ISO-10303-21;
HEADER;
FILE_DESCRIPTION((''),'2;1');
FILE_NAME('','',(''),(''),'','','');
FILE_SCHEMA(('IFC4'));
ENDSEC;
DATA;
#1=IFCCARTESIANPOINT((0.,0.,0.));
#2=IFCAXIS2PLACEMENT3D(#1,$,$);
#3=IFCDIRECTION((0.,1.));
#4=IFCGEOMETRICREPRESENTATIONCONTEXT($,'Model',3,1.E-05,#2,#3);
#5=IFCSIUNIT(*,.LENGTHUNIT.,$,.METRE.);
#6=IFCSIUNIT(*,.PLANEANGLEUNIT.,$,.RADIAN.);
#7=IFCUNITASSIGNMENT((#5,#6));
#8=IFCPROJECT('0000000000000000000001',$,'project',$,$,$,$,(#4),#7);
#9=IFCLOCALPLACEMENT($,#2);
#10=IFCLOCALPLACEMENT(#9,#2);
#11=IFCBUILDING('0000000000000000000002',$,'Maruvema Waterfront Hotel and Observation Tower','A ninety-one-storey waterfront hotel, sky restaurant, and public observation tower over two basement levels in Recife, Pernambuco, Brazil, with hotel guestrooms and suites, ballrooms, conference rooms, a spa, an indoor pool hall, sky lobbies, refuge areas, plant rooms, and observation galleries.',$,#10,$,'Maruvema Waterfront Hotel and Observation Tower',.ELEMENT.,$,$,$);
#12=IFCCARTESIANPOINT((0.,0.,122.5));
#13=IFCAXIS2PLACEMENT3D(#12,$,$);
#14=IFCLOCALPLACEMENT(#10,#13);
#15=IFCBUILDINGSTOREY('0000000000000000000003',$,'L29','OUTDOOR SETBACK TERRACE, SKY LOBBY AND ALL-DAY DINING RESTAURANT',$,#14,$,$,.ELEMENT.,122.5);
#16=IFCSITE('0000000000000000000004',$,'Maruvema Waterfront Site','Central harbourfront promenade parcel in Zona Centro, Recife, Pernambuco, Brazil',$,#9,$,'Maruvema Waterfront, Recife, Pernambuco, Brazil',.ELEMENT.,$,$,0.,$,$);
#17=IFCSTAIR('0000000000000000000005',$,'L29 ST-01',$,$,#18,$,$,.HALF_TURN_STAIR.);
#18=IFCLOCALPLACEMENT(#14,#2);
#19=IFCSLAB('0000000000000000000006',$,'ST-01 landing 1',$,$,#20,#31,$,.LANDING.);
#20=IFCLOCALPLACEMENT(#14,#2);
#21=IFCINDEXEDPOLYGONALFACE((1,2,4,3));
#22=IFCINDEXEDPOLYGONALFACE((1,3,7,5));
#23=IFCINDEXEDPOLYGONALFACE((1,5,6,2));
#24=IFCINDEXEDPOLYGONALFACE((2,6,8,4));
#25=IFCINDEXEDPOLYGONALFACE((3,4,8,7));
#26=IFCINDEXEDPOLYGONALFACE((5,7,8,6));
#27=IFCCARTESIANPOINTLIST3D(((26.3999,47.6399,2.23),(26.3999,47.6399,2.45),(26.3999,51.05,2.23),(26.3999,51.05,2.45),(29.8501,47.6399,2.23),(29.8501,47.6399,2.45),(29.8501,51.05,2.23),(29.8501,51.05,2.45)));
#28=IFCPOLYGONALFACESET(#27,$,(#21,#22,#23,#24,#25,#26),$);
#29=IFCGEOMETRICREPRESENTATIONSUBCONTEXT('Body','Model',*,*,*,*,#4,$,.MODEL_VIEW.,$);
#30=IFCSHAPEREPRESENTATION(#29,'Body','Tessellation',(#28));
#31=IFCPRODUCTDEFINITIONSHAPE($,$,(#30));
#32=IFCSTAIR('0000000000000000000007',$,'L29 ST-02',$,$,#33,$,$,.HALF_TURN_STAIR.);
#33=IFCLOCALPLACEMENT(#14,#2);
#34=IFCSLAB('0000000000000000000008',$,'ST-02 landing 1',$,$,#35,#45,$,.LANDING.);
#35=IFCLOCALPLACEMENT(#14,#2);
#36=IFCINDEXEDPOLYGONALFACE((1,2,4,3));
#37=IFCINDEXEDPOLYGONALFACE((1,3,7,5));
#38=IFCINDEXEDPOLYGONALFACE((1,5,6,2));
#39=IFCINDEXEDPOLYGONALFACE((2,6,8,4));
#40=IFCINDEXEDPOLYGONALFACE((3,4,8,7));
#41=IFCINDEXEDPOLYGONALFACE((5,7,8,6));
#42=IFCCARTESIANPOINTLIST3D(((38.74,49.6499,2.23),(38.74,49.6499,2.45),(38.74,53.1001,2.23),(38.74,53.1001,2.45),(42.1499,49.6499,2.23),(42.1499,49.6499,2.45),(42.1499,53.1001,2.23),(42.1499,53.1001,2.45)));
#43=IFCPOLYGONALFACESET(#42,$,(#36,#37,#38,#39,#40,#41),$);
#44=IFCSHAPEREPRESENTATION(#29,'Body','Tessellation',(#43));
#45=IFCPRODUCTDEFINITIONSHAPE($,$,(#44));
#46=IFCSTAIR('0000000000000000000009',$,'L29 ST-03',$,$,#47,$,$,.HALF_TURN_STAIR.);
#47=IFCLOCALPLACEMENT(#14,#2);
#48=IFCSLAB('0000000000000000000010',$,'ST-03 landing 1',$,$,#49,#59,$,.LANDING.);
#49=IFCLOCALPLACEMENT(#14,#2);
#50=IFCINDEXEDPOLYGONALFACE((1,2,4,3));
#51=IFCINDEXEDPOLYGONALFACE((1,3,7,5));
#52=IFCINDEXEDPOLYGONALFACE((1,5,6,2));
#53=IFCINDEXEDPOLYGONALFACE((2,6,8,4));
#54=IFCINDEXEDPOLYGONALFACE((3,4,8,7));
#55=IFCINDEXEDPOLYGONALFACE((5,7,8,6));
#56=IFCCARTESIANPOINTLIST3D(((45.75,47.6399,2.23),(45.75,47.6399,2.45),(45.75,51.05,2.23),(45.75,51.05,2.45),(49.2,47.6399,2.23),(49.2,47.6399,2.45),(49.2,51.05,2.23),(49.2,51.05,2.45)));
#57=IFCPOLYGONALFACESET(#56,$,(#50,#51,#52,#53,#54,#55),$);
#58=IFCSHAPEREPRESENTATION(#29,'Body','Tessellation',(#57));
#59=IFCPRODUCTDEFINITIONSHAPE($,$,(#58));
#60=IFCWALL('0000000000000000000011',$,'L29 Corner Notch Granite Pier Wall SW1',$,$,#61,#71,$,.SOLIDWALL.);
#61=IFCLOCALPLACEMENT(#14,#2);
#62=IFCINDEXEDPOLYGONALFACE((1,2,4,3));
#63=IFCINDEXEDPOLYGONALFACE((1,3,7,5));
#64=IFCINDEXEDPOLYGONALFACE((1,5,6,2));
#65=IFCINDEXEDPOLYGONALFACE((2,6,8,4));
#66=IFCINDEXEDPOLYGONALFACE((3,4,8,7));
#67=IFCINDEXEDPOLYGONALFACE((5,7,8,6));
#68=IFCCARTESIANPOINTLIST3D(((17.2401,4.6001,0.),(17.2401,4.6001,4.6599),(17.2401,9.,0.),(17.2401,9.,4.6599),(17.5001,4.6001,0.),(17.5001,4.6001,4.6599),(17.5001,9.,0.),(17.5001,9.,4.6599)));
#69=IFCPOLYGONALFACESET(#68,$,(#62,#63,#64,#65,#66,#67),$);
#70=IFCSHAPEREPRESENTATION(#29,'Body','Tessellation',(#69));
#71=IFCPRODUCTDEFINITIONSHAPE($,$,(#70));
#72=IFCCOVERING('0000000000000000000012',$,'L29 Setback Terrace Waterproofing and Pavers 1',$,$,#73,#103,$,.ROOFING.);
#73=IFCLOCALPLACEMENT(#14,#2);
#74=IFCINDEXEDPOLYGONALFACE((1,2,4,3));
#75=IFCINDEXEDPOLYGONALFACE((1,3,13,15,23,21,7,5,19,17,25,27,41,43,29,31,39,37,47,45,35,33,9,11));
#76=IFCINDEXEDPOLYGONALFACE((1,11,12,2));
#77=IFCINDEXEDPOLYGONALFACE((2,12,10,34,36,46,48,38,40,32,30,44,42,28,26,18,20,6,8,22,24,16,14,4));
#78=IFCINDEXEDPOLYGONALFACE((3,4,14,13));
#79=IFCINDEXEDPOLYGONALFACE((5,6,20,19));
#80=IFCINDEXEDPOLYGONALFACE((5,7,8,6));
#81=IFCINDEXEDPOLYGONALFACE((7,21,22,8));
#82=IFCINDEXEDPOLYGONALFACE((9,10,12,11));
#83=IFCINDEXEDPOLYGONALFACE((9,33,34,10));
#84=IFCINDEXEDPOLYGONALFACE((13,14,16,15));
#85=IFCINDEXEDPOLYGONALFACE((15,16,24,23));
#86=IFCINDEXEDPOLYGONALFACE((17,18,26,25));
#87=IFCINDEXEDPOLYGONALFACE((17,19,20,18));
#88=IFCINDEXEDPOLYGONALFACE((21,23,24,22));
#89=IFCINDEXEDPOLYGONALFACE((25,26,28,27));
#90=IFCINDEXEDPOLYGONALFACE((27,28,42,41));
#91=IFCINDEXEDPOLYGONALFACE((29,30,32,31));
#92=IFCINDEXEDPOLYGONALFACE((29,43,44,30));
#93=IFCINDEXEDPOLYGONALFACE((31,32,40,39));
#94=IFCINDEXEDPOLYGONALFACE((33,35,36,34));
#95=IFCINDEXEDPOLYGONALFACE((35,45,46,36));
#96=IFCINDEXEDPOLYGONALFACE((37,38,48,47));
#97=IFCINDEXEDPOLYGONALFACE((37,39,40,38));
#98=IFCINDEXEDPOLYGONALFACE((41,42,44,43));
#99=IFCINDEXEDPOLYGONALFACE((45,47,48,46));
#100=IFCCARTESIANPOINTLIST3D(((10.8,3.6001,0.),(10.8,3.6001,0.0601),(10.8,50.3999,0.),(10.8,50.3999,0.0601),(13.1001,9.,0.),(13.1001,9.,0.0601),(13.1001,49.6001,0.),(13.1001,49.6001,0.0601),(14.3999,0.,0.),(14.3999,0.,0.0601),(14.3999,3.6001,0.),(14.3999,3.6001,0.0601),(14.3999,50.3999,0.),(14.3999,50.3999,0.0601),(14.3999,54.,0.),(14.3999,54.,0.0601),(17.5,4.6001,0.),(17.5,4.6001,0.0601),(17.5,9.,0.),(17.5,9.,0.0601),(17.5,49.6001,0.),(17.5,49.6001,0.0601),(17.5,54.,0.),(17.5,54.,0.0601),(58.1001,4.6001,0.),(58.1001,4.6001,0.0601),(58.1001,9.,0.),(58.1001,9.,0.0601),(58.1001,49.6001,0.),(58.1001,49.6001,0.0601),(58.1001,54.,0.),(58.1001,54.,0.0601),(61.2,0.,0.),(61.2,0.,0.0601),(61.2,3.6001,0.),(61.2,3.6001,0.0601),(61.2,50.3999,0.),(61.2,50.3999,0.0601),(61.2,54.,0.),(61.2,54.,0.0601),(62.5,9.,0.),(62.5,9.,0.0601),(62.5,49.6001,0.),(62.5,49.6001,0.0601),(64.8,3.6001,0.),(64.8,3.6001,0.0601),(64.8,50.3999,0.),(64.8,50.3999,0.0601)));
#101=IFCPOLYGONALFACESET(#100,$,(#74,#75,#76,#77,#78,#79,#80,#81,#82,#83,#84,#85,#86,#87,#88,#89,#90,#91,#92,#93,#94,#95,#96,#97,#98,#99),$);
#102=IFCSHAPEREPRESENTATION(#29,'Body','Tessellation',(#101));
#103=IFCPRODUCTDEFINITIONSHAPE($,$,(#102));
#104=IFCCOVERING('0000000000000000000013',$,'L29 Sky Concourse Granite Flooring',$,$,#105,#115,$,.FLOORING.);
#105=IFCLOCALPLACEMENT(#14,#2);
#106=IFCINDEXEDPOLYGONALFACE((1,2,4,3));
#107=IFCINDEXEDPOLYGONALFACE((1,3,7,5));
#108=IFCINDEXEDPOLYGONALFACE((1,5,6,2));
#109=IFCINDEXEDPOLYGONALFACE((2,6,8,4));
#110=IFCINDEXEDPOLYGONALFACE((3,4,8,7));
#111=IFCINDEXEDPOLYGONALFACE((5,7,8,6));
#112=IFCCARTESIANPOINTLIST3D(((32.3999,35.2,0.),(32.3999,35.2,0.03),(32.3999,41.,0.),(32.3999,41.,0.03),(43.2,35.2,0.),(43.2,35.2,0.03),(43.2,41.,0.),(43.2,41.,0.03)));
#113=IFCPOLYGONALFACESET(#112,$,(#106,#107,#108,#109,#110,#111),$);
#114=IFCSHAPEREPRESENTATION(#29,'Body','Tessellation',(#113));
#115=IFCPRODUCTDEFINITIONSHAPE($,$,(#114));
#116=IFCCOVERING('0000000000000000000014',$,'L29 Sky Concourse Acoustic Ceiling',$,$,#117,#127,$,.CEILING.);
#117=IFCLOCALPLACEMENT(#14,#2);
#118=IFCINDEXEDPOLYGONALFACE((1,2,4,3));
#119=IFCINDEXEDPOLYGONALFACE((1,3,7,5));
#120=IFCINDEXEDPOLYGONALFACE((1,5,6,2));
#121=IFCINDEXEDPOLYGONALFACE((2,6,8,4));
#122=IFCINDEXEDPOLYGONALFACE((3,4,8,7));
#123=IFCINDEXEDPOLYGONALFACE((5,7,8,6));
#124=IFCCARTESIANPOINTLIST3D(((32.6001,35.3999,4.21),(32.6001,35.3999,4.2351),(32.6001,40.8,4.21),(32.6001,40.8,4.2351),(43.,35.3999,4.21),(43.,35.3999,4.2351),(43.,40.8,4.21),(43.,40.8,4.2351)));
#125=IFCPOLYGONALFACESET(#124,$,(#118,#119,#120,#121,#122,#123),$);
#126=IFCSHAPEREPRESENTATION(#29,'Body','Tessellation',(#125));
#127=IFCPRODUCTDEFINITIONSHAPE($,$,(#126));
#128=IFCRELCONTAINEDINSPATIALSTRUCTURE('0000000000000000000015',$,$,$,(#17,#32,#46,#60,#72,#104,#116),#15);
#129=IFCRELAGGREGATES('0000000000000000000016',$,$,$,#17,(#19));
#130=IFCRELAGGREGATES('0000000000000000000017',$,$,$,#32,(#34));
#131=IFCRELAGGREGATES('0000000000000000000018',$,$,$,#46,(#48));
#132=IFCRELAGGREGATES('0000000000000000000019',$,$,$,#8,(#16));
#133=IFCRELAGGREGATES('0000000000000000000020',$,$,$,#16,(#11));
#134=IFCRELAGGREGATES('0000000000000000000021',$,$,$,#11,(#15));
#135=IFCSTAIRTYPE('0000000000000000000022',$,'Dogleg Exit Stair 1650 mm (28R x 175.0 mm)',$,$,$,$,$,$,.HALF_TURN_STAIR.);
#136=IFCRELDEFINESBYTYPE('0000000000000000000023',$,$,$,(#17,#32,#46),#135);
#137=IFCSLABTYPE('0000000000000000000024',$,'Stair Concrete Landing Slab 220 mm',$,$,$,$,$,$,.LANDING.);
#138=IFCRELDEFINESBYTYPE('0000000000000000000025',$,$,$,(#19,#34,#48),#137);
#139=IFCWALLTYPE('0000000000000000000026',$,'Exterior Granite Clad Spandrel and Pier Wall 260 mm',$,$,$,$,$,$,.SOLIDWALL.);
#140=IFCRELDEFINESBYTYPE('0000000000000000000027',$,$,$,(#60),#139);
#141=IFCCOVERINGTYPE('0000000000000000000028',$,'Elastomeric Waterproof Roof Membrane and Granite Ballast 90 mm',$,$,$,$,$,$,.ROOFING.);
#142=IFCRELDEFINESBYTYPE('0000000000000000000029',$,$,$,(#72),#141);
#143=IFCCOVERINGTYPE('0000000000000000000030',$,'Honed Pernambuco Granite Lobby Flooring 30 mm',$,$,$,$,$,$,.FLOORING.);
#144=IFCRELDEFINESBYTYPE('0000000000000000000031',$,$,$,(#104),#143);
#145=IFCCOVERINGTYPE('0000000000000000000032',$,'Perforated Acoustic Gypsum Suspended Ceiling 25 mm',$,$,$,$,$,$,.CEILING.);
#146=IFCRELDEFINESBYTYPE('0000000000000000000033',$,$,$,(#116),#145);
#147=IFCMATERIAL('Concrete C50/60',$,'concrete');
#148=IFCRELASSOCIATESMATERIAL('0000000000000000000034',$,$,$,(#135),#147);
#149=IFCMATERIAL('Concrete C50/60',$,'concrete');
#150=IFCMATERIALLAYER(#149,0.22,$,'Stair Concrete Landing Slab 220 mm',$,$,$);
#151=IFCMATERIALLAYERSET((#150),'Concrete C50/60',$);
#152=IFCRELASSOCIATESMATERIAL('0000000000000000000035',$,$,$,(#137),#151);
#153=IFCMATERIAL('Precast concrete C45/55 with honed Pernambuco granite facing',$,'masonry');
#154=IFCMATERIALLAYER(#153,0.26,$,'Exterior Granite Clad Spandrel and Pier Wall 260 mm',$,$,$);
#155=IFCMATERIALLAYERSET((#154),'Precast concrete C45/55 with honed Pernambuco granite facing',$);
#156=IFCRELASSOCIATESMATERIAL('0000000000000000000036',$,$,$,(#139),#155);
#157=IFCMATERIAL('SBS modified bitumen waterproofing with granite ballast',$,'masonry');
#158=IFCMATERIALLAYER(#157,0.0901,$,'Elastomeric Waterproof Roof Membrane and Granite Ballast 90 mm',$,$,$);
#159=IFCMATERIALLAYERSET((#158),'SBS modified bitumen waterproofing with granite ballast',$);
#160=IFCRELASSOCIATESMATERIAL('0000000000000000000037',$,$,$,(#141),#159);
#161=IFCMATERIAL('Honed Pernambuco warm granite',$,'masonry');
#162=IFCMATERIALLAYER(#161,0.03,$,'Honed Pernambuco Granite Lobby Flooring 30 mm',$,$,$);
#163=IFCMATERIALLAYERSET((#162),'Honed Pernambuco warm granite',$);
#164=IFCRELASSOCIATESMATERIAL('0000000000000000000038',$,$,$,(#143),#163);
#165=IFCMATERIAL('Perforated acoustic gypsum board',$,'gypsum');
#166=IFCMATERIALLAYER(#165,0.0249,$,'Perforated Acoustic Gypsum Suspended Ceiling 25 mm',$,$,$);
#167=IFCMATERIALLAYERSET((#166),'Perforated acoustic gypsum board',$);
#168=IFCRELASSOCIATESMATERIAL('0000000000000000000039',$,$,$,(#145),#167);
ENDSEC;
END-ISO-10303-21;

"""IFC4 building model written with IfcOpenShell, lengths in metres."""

from ifc_helpers import new_model, si_unit, direction, frame, frame_2d, origin, place, context, subcontext, project, spatial, polyline, rectangle, outline, extrude, material, layer, layer_set, type_object, element, aggregate, save


model = new_model("IFC4")

# Units and contexts
model_context = context("Model", 3, precision=1e-05, world=origin(), true_north=direction((0.0, 1.0)))
body_context = subcontext(model_context, "Body", "Model", "MODEL_VIEW")
ifc_project = project(units=[si_unit("LENGTHUNIT", "METRE"), si_unit("PLANEANGLEUNIT", "RADIAN")], contexts=[model_context])

# Site, building, storey
site_placement = place(None, origin())
site = spatial("IfcSite", under=ifc_project, at=site_placement, Name="Maruvema Waterfront Site", Description="Central harbourfront promenade parcel in Zona Centro, Recife, Pernambuco, Brazil", LongName="Maruvema Waterfront, Recife, Pernambuco, Brazil", CompositionType="ELEMENT", RefElevation=0.0)
building_placement = place(site_placement, origin())
building = spatial("IfcBuilding", under=site, at=building_placement, Name="Maruvema Waterfront Hotel and Observation Tower", Description="A ninety-one-storey waterfront hotel, sky restaurant, and public observation tower over two basement levels in Recife, Pernambuco, Brazil, with hotel guestrooms and suites, ballrooms, conference rooms, a spa, an indoor pool hall, sky lobbies, refuge areas, plant rooms, and observation galleries.", LongName="Maruvema Waterfront Hotel and Observation Tower", CompositionType="ELEMENT")
storey_placement = place(building_placement, frame((0.0, 0.0, 122.5)))
storey = spatial("IfcBuildingStorey", under=building, at=storey_placement, Name="L29", Description="OUTDOOR SETBACK TERRACE, SKY LOBBY AND ALL-DAY DINING RESTAURANT", CompositionType="ELEMENT", Elevation=122.5)

# Stairs, slabs
ifc_material_1 = material(Name="Concrete C50/60", Category="concrete")
stair_type = type_object("IfcStairType", Name="Dogleg Exit Stair 1650 mm (28R x 175.0 mm)", PredefinedType="HALF_TURN_STAIR", material=ifc_material_1)
stair_1_placement = place(storey_placement, origin())
stair_1 = element("IfcStair", 1, at=stair_1_placement, inside=storey, type_object=stair_type, Name="L29 ST-01", PredefinedType="HALF_TURN_STAIR")
ifc_material_2 = material(Name="Concrete C50/60", Category="concrete")
ifc_layer_1 = layer(ifc_material_2, 0.22, Name="Stair Concrete Landing Slab 220 mm")
ifc_layer_set_1 = layer_set([ifc_layer_1], Name="Concrete C50/60")
slab_type_1 = type_object("IfcSlabType", Name="Stair Concrete Landing Slab 220 mm", PredefinedType="LANDING", material=ifc_layer_set_1)
slab_1_placement = place(storey_placement, frame((0.0, 0.0, 2.23)))
slab_1 = element("IfcSlab", 2, at=slab_1_placement, type_object=slab_type_1, Name="ST-01 landing 1", PredefinedType="LANDING", context=body_context, shape_type="SweptSolid", body=[
    extrude(outline(polyline([(29.8501, 47.6399), (29.8501, 51.05), (26.3999, 51.05), (26.3999, 47.6399), (29.8501, 47.6399)])), origin(), (0.0, 0.0, 1.0), 0.22),
])
aggregate(stair_1, [slab_1])
stair_2_placement = place(storey_placement, origin())
stair_2 = element("IfcStair", 3, at=stair_2_placement, inside=storey, type_object=stair_type, Name="L29 ST-02", PredefinedType="HALF_TURN_STAIR")
slab_2_placement = place(storey_placement, frame((0.0, 0.0, 2.23)))
slab_2 = element("IfcSlab", 4, at=slab_2_placement, type_object=slab_type_1, Name="ST-02 landing 1", PredefinedType="LANDING", context=body_context, shape_type="SweptSolid", body=[
    extrude(outline(polyline([(38.74, 49.6499), (42.1499, 49.6499), (42.1499, 53.1001), (38.74, 53.1001), (38.74, 49.6499)])), origin(), (0.0, 0.0, 1.0), 0.22),
])
aggregate(stair_2, [slab_2])
stair_3_placement = place(storey_placement, origin())
stair_3 = element("IfcStair", 5, at=stair_3_placement, inside=storey, type_object=stair_type, Name="L29 ST-03", PredefinedType="HALF_TURN_STAIR")
slab_3_placement = place(storey_placement, frame((0.0, 0.0, 2.23)))
slab_3 = element("IfcSlab", 6, at=slab_3_placement, type_object=slab_type_1, Name="ST-03 landing 1", PredefinedType="LANDING", context=body_context, shape_type="SweptSolid", body=[
    extrude(outline(polyline([(49.2, 47.6399), (49.2, 51.05), (45.75, 51.05), (45.75, 47.6399), (49.2, 47.6399)])), origin(), (0.0, 0.0, 1.0), 0.22),
])
aggregate(stair_3, [slab_3])

# Wall
ifc_material_3 = material(Name="Precast concrete C45/55 with honed Pernambuco granite facing", Category="masonry")
ifc_layer_2 = layer(ifc_material_3, 0.26, Name="Exterior Granite Clad Spandrel and Pier Wall 260 mm")
ifc_layer_set_2 = layer_set([ifc_layer_2], Name="Precast concrete C45/55 with honed Pernambuco granite facing")
wall_type = type_object("IfcWallType", Name="Exterior Granite Clad Spandrel and Pier Wall 260 mm", PredefinedType="SOLIDWALL", material=ifc_layer_set_2)
wall_placement = place(storey_placement, frame((17.3701, 4.6001, 0.0), z_axis=(0.0, 0.0, 1.0), x_axis=(0.0, 1.0, 0.0)))
element("IfcWall", 7, at=wall_placement, inside=storey, type_object=wall_type, Name="L29 Corner Notch Granite Pier Wall SW1", PredefinedType="SOLIDWALL", context=body_context, shape_type="SweptSolid", body=[
    extrude(rectangle(XDim=4.3999, YDim=0.26, at=frame_2d((2.2, 0.0))), origin(), (0.0, 0.0, 1.0), 4.6599),
])

# Coverings
ifc_material_4 = material(Name="SBS modified bitumen waterproofing with granite ballast", Category="masonry")
ifc_layer_3 = layer(ifc_material_4, 0.0901, Name="Elastomeric Waterproof Roof Membrane and Granite Ballast 90 mm")
ifc_layer_set_3 = layer_set([ifc_layer_3], Name="SBS modified bitumen waterproofing with granite ballast")
covering_type_1 = type_object("IfcCoveringType", Name="Elastomeric Waterproof Roof Membrane and Granite Ballast 90 mm", PredefinedType="ROOFING", material=ifc_layer_set_3)
covering_1_placement = place(storey_placement, origin())
element("IfcCovering", 8, at=covering_1_placement, inside=storey, type_object=covering_type_1, Name="L29 Setback Terrace Waterproofing and Pavers 1", PredefinedType="ROOFING", context=body_context, shape_type="SweptSolid", body=[
    extrude(outline(polyline([(61.2, 54.0), (61.2, 50.3999), (64.8, 50.3999), (64.8, 3.6001), (61.2, 3.6001), (61.2, 0.0), (14.3999, 0.0), (14.3999, 3.6001), (10.8, 3.6001), (10.8, 50.3999), (14.3999, 50.3999), (14.3999, 54.0), (17.5, 54.0), (17.5, 49.6001), (13.1001, 49.6001), (13.1001, 9.0), (17.5, 9.0), (17.5, 4.6001), (58.1001, 4.6001), (58.1001, 9.0), (62.5, 9.0), (62.5, 49.6001), (58.1001, 49.6001), (58.1001, 54.0), (61.2, 54.0)])), origin(), (0.0, 0.0, 1.0), 0.0601),
])
ifc_material_5 = material(Name="Honed Pernambuco warm granite", Category="masonry")
ifc_layer_4 = layer(ifc_material_5, 0.03, Name="Honed Pernambuco Granite Lobby Flooring 30 mm")
ifc_layer_set_4 = layer_set([ifc_layer_4], Name="Honed Pernambuco warm granite")
covering_type_2 = type_object("IfcCoveringType", Name="Honed Pernambuco Granite Lobby Flooring 30 mm", PredefinedType="FLOORING", material=ifc_layer_set_4)
covering_2_placement = place(storey_placement, origin())
element("IfcCovering", 9, at=covering_2_placement, inside=storey, type_object=covering_type_2, Name="L29 Sky Concourse Granite Flooring", PredefinedType="FLOORING", context=body_context, shape_type="SweptSolid", body=[
    extrude(outline(polyline([(32.3999, 35.2), (43.2, 35.2), (43.2, 41.0), (32.3999, 41.0), (32.3999, 35.2)])), origin(), (0.0, 0.0, 1.0), 0.03),
])
ifc_material_6 = material(Name="Perforated acoustic gypsum board", Category="gypsum")
ifc_layer_5 = layer(ifc_material_6, 0.0249, Name="Perforated Acoustic Gypsum Suspended Ceiling 25 mm")
ifc_layer_set_5 = layer_set([ifc_layer_5], Name="Perforated acoustic gypsum board")
covering_type_3 = type_object("IfcCoveringType", Name="Perforated Acoustic Gypsum Suspended Ceiling 25 mm", PredefinedType="CEILING", material=ifc_layer_set_5)
covering_3_placement = place(storey_placement, frame((0.0, 0.0, 4.21)))
element("IfcCovering", 10, at=covering_3_placement, inside=storey, type_object=covering_type_3, Name="L29 Sky Concourse Acoustic Ceiling", PredefinedType="CEILING", context=body_context, shape_type="SweptSolid", body=[
    extrude(outline(polyline([(32.6001, 35.3999), (43.0, 35.3999), (43.0, 40.8), (32.6001, 40.8), (32.6001, 35.3999)])), origin(), (0.0, 0.0, 1.0), 0.0251),
])

save(model, "model.ifc")
